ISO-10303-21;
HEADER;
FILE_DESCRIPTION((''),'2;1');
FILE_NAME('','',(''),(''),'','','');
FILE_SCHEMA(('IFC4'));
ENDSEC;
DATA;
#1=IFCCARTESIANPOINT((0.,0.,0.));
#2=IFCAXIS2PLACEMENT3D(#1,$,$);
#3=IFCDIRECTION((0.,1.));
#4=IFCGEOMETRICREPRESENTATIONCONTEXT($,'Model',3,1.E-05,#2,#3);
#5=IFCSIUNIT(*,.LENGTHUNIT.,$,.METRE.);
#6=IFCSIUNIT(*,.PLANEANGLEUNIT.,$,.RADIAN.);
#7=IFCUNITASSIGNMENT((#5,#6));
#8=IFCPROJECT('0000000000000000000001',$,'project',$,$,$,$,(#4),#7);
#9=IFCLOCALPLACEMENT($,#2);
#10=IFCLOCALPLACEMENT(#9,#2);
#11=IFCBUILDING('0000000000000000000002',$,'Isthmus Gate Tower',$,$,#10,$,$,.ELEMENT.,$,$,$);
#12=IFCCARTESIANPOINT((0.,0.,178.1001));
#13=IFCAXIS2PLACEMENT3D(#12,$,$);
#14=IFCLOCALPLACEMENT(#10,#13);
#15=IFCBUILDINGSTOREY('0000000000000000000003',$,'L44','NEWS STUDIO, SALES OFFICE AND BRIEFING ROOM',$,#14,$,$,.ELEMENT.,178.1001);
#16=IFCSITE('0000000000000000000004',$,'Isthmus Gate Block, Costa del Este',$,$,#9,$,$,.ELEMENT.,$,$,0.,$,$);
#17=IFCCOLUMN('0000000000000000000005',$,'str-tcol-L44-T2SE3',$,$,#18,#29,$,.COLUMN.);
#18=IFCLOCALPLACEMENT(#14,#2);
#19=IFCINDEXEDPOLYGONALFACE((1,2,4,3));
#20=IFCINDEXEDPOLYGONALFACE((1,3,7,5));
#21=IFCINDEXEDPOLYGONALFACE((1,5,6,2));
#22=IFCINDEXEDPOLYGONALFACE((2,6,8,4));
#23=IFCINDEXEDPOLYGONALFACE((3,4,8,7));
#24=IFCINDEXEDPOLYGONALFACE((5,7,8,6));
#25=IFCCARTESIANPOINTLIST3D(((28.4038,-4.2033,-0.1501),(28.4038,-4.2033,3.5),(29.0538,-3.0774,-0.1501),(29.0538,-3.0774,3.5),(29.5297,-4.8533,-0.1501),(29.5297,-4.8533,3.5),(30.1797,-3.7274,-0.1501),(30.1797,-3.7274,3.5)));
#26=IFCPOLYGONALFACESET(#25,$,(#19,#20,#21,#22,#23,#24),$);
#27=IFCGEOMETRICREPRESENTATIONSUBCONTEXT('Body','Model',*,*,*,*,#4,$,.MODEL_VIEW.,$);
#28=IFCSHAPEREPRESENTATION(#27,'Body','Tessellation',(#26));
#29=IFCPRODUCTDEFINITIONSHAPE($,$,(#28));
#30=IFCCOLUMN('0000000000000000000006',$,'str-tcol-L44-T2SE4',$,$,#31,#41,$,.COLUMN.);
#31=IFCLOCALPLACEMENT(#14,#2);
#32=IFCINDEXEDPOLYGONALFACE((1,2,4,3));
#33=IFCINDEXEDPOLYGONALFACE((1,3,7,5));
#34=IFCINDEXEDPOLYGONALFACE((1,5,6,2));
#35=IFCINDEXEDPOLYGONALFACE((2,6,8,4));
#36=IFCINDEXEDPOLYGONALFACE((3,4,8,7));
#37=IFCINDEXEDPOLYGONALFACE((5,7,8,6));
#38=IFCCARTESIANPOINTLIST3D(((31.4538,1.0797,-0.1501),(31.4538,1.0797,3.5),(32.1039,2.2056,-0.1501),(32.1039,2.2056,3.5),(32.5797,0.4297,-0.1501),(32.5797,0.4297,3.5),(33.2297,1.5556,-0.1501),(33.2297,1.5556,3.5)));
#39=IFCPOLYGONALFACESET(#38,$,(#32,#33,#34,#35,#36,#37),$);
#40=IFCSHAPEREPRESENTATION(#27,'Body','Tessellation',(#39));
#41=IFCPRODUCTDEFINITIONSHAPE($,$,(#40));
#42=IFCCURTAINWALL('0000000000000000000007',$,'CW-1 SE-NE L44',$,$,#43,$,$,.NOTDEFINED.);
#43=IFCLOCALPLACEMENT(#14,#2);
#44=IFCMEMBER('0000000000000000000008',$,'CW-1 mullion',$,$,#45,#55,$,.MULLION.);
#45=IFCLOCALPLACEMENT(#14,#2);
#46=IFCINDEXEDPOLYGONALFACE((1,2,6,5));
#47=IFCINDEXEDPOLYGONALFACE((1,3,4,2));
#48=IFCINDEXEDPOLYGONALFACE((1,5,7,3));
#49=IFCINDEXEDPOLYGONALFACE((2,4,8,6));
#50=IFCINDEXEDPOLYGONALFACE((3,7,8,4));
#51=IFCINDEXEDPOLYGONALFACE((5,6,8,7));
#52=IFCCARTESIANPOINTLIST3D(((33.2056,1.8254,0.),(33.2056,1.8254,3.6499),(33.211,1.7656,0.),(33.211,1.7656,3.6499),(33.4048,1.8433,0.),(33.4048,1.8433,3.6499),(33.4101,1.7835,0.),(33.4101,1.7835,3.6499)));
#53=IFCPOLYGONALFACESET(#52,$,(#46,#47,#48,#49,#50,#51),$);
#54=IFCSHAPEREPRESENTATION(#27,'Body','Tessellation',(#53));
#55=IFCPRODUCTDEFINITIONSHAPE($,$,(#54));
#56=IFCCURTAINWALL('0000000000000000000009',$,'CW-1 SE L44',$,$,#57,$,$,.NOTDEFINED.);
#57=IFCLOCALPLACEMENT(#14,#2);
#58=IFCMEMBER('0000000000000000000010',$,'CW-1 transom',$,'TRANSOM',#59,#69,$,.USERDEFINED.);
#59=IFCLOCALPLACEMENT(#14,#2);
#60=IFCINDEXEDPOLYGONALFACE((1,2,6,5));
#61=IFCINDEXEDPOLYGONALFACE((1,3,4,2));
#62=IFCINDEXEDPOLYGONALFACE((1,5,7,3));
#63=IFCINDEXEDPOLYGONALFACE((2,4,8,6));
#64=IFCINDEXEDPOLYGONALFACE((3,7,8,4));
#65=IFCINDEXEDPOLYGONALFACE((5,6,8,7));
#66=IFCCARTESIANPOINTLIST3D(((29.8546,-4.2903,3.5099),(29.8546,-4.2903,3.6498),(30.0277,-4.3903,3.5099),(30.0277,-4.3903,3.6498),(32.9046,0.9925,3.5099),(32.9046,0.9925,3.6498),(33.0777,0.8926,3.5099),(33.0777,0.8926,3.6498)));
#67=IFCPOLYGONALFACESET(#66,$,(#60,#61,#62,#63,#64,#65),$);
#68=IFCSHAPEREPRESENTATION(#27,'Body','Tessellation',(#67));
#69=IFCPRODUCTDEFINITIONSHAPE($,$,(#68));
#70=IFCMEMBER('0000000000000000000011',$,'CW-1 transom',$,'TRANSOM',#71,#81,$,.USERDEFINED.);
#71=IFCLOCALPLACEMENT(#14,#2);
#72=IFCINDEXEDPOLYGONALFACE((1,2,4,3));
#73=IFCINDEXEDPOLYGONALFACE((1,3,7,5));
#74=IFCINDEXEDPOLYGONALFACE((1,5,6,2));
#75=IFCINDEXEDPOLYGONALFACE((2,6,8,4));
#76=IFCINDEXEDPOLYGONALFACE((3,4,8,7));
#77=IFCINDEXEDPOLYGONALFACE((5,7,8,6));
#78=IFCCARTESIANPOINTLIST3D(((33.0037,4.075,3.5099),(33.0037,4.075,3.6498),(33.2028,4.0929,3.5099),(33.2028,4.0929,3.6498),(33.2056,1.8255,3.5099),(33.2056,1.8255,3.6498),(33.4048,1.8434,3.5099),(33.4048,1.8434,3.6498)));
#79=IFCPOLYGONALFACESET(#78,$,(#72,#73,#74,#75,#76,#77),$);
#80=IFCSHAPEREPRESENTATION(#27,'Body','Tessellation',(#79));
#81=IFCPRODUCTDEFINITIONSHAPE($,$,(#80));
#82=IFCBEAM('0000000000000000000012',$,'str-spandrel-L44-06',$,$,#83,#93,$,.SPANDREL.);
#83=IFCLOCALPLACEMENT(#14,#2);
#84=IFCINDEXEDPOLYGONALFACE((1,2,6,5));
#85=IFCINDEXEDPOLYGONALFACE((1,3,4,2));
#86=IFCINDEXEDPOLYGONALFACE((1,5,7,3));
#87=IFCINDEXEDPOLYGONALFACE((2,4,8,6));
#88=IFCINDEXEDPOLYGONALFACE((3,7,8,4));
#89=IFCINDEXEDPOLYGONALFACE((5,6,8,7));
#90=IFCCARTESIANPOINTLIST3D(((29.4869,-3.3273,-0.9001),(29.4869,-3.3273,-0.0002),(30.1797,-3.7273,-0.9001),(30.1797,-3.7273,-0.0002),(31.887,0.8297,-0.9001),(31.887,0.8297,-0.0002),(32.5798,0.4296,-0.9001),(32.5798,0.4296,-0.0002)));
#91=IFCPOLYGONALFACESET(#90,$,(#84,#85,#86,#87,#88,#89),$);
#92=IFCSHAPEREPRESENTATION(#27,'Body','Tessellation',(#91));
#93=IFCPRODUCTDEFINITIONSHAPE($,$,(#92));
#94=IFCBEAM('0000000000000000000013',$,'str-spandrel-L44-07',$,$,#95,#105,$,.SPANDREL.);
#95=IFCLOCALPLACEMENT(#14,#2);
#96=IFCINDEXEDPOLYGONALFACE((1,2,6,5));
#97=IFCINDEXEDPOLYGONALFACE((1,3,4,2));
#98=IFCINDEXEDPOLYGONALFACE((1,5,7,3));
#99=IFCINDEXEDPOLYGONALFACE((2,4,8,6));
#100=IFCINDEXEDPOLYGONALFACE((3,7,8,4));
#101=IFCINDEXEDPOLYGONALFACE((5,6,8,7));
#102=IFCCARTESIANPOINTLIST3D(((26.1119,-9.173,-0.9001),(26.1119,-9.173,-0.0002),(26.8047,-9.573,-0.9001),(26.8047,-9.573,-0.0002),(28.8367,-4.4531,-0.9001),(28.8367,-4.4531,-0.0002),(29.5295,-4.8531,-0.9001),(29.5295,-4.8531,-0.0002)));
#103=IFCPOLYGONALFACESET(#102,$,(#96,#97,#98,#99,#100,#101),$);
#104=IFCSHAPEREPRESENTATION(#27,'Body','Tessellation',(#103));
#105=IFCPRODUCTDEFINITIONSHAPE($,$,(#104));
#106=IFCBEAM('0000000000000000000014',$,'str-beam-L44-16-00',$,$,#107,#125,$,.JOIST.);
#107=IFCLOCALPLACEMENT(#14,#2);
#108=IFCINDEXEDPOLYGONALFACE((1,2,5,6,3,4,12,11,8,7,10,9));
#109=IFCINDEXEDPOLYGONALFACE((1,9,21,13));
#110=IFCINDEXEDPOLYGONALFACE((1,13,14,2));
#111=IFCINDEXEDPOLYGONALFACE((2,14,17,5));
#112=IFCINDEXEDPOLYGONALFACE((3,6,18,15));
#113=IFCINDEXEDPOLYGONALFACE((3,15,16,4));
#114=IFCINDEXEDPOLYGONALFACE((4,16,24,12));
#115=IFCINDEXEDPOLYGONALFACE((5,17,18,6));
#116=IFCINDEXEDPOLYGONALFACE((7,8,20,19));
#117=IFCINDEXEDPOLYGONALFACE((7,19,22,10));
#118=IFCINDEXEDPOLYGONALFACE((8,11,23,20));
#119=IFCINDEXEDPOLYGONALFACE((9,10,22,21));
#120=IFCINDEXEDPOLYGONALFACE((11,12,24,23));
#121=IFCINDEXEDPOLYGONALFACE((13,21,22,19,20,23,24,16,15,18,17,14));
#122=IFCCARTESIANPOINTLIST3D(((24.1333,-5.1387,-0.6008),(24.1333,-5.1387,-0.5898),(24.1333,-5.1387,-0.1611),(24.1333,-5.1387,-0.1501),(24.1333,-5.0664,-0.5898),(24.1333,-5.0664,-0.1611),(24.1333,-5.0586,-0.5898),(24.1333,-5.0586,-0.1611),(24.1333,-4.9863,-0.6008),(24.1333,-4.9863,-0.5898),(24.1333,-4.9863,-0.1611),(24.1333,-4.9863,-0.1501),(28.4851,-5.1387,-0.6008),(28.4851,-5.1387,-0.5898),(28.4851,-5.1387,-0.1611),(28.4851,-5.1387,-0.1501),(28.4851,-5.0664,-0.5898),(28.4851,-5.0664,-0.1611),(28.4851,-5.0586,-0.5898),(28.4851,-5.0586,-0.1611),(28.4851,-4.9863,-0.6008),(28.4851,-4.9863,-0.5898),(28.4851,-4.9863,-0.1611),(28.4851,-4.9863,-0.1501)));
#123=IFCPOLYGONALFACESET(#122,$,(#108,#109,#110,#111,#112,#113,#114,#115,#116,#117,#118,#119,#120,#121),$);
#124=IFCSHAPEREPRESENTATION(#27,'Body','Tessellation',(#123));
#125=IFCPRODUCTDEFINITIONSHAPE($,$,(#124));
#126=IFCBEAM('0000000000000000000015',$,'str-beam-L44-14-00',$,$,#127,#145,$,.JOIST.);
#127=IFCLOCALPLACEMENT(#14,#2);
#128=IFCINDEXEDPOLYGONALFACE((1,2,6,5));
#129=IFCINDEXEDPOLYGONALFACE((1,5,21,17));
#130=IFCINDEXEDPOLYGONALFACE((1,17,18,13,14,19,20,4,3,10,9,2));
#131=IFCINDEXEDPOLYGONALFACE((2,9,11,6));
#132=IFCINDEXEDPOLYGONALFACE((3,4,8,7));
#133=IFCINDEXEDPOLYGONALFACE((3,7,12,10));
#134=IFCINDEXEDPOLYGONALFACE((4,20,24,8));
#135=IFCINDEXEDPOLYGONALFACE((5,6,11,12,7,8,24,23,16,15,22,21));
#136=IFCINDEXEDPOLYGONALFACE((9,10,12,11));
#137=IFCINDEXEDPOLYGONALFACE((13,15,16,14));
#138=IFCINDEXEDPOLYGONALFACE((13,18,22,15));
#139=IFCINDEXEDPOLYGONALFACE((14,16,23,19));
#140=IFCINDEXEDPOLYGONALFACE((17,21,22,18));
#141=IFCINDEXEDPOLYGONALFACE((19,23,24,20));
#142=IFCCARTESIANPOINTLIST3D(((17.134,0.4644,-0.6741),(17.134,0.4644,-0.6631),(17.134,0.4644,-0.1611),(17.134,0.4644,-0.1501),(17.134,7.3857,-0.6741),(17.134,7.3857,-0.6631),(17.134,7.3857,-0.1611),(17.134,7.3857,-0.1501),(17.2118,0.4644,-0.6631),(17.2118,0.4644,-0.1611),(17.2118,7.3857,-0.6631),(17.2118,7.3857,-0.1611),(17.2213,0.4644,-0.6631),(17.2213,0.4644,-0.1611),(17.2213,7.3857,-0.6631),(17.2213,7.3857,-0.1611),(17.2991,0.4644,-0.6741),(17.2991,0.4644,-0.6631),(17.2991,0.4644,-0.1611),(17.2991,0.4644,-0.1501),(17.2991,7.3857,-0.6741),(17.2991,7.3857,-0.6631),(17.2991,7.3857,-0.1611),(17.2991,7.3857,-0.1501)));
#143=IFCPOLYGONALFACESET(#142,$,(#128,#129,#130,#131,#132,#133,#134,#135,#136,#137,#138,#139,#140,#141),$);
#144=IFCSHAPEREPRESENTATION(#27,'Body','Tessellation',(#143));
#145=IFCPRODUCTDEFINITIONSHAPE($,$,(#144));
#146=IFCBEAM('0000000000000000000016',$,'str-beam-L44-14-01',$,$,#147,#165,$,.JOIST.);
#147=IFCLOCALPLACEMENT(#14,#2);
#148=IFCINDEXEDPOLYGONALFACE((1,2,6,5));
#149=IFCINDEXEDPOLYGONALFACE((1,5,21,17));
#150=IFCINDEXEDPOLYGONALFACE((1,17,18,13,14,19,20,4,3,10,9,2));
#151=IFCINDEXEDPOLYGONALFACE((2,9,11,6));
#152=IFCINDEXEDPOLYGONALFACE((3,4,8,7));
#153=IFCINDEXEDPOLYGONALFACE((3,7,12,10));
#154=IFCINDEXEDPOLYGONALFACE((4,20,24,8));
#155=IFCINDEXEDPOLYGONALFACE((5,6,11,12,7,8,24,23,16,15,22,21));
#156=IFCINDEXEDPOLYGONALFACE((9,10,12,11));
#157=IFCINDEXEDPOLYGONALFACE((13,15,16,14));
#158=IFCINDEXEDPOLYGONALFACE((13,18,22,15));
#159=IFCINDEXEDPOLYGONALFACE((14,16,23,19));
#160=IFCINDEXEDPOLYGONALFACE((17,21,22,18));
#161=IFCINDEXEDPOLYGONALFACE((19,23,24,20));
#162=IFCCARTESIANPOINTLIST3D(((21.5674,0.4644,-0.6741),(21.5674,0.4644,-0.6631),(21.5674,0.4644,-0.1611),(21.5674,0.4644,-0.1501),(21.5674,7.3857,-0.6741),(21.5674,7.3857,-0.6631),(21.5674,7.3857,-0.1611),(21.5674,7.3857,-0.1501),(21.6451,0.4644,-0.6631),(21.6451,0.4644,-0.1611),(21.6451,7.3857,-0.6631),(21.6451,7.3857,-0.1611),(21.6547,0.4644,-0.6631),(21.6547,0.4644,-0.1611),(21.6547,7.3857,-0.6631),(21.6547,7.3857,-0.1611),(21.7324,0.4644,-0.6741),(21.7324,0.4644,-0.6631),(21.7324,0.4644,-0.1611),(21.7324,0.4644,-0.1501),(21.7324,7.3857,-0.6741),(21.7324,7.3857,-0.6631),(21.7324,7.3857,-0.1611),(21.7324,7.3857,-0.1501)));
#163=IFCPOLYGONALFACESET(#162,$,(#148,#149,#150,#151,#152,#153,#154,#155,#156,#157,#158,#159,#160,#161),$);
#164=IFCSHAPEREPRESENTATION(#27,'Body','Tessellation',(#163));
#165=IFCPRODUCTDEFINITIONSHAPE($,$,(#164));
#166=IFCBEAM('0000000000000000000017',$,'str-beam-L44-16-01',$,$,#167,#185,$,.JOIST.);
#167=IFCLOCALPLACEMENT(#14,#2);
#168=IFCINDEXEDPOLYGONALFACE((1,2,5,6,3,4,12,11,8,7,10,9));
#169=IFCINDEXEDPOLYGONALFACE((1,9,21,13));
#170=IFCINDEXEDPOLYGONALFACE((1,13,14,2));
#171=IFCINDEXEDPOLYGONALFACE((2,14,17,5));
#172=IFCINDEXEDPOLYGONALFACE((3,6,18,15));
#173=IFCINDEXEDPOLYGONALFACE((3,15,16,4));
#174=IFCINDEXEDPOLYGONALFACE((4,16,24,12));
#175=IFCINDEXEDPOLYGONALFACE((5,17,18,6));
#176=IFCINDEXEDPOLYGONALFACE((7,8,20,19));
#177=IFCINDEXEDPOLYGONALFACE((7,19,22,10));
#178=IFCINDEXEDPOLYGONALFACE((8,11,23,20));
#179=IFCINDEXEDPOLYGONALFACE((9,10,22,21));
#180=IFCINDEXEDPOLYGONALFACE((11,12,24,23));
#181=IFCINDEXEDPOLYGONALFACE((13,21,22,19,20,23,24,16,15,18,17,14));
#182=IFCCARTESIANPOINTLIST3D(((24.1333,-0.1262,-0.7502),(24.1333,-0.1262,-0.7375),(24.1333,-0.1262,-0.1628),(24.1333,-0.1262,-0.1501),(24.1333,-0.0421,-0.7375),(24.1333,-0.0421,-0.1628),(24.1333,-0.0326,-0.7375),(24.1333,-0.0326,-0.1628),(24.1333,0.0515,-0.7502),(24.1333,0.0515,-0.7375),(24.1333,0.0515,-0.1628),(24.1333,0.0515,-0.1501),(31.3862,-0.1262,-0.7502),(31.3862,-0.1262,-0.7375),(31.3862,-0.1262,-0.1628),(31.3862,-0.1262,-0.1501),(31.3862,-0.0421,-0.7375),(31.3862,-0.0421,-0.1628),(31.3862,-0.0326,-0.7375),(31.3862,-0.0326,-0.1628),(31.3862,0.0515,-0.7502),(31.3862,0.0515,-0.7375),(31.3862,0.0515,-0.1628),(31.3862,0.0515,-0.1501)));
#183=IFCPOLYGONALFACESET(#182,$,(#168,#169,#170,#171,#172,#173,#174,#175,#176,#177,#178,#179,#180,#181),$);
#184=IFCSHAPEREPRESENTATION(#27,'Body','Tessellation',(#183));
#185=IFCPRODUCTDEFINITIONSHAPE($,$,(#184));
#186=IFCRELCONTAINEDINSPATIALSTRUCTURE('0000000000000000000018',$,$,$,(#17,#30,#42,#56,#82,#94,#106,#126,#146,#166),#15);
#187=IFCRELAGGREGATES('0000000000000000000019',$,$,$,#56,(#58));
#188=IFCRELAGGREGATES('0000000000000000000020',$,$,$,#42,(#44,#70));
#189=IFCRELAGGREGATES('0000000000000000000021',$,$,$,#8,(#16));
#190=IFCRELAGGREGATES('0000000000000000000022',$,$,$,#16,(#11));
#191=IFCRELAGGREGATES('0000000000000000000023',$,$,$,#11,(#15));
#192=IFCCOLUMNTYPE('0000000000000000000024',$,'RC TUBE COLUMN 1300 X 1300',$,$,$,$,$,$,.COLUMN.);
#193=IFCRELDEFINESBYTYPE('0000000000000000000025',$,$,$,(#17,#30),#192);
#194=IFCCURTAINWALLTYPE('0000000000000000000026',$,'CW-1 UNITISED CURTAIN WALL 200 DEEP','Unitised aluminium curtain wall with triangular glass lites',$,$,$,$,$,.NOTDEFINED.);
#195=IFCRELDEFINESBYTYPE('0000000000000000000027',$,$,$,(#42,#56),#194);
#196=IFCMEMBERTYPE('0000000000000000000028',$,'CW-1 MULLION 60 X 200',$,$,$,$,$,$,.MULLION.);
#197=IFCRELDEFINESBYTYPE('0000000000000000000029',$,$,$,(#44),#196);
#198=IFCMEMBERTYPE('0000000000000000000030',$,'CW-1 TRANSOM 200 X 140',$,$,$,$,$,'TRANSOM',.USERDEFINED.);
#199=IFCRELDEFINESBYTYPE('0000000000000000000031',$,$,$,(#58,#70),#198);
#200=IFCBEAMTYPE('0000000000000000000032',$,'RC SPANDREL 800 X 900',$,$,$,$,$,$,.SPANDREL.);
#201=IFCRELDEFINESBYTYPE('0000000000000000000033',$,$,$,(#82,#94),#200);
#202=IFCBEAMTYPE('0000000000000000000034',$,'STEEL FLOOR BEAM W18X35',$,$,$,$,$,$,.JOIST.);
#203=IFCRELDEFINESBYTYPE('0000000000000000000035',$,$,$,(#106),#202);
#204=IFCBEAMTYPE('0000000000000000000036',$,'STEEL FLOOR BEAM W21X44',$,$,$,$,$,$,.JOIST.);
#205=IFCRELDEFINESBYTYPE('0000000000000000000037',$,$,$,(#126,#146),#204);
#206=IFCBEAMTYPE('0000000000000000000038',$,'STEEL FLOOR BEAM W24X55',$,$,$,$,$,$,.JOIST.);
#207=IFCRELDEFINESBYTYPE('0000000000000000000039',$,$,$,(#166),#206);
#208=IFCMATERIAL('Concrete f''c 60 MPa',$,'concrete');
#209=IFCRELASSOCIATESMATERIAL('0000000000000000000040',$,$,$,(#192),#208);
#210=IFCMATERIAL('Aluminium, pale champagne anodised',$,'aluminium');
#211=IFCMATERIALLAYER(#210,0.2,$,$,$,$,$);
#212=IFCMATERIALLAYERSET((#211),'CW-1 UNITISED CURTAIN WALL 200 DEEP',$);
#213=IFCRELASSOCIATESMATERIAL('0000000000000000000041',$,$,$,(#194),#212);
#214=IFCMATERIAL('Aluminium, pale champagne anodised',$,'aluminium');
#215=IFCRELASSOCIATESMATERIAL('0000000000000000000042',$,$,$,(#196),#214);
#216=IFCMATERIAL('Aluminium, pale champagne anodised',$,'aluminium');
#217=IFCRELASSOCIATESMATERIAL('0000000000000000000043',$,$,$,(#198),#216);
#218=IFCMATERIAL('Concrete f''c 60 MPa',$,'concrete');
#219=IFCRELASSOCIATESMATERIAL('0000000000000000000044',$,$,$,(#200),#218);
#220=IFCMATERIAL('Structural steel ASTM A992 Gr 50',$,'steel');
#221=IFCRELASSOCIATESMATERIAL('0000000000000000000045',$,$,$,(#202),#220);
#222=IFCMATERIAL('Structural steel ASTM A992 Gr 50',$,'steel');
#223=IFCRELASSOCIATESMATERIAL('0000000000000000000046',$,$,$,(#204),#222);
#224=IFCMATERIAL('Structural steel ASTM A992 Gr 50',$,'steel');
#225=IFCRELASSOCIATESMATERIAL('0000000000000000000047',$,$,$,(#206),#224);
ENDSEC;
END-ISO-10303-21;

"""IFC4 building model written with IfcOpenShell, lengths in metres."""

from ifc_helpers import new_model, si_unit, direction, frame, origin, origin_2d, place, context, subcontext, project, spatial, rectangle, i_section, extrude, material, layer, layer_set, material_profile, profile_set, type_object, element, aggregate, save


model = new_model("IFC4")

# Units and contexts
model_context = context("Model", 3, precision=1e-05, world=origin(), true_north=direction((0.0, 1.0)))
body_context = subcontext(model_context, "Body", "Model", "MODEL_VIEW")
ifc_project = project(units=[si_unit("LENGTHUNIT", "METRE"), si_unit("PLANEANGLEUNIT", "RADIAN")], contexts=[model_context])

# Site, building, storey
site_placement = place(None, origin())
site = spatial("IfcSite", under=ifc_project, at=site_placement, Name="Isthmus Gate Block, Costa del Este", CompositionType="ELEMENT", RefElevation=0.0)
building_placement = place(site_placement, origin())
building = spatial("IfcBuilding", under=site, at=building_placement, Name="Isthmus Gate Tower", CompositionType="ELEMENT")
storey_placement = place(building_placement, frame((0.0, 0.0, 178.1001)))
storey = spatial("IfcBuildingStorey", under=building, at=storey_placement, Name="L44", Description="NEWS STUDIO, SALES OFFICE AND BRIEFING ROOM", CompositionType="ELEMENT", Elevation=178.1001)

# Columns
ifc_material_1 = material(Name="Concrete f'c 60 MPa", Category="concrete")
ifc_material_profile_1 = material_profile(ifc_material_1, rectangle(XDim=1.3, YDim=1.3, at=origin_2d()), Name="RC 1300X1300")
ifc_profile_set_1 = profile_set([ifc_material_profile_1], Name="Concrete f'c 60 MPa")
column_type = type_object("IfcColumnType", Name="RC TUBE COLUMN 1300 X 1300", PredefinedType="COLUMN", material=ifc_profile_set_1)
for number, where, z_axis, x_axis, name in (
    (1, (29.2917, -3.9653, -0.1501), (0.0, 0.0, 1.0), (0.5, 0.866025, 0.0), "str-tcol-L44-T2SE3"),
    (2, (32.3418, 1.3176, -0.1501), (0.0, 0.0, 1.0), (0.5, 0.866025, 0.0), "str-tcol-L44-T2SE4"),
):
    element("IfcColumn", number, at=place(storey_placement, frame(where, z_axis=z_axis, x_axis=x_axis)), inside=storey, type_object=column_type, Name=name, PredefinedType="COLUMN", context=body_context, shape_type="SweptSolid", body=[
        extrude(rectangle(XDim=1.3, YDim=1.3, at=origin_2d()), origin(), (0.0, 0.0, 1.0), 3.6501),
    ])

# Curtain walls, members
ifc_material_2 = material(Name="Aluminium, pale champagne anodised", Category="aluminium")
ifc_layer_1 = layer(ifc_material_2, 0.2)
ifc_layer_set_1 = layer_set([ifc_layer_1], Name="CW-1 UNITISED CURTAIN WALL 200 DEEP")
curtain_wall_type = type_object("IfcCurtainWallType", Name="CW-1 UNITISED CURTAIN WALL 200 DEEP", Description="Unitised aluminium curtain wall with triangular glass lites", PredefinedType="NOTDEFINED", material=ifc_layer_set_1)
curtain_wall_1_placement = place(storey_placement, origin())
curtain_wall_1 = element("IfcCurtainWall", 3, at=curtain_wall_1_placement, inside=storey, type_object=curtain_wall_type, Name="CW-1 SE-NE L44", PredefinedType="NOTDEFINED")
ifc_material_3 = material(Name="Aluminium, pale champagne anodised", Category="aluminium")
ifc_material_profile_2 = material_profile(ifc_material_3, rectangle(XDim=0.0601, YDim=0.2, at=origin_2d()), Name="60x200")
ifc_profile_set_2 = profile_set([ifc_material_profile_2], Name="Aluminium, pale champagne anodised")
member_type_1 = type_object("IfcMemberType", Name="CW-1 MULLION 60 X 200", PredefinedType="MULLION", material=ifc_profile_set_2)
member_1_placement = place(storey_placement, frame((33.3079, 1.8044, 0.0), z_axis=(0.0, 0.0, 1.0), x_axis=(-0.089397, 0.995996, 0.0)))
member_1 = element("IfcMember", 4, at=member_1_placement, type_object=member_type_1, Name="CW-1 mullion", PredefinedType="MULLION", context=body_context, shape_type="SweptSolid", body=[
    extrude(rectangle(XDim=0.0601, YDim=0.2, at=origin_2d()), origin(), (0.0, 0.0, 1.0), 3.6499),
])
curtain_wall_2_placement = place(storey_placement, origin())
curtain_wall_2 = element("IfcCurtainWall", 5, at=curtain_wall_2_placement, inside=storey, type_object=curtain_wall_type, Name="CW-1 SE L44", PredefinedType="NOTDEFINED")
ifc_material_4 = material(Name="Aluminium, pale champagne anodised", Category="aluminium")
ifc_material_profile_3 = material_profile(ifc_material_4, rectangle(XDim=0.2, YDim=0.1399, at=origin_2d()), Name="200x140")
ifc_profile_set_3 = profile_set([ifc_material_profile_3], Name="Aluminium, pale champagne anodised")
member_type_2 = type_object("IfcMemberType", Name="CW-1 TRANSOM 200 X 140", ElementType="TRANSOM", PredefinedType="USERDEFINED", material=ifc_profile_set_3)
member_2_placement = place(storey_placement, frame((29.9412, -4.3403, 3.5798), z_axis=(0.499992, 0.86603, 0.0), x_axis=(-0.86603, 0.499992, 0.0)))
member_2 = element("IfcMember", 6, at=member_2_placement, type_object=member_type_2, Name="CW-1 transom", ObjectType="TRANSOM", PredefinedType="USERDEFINED", context=body_context, shape_type="SweptSolid", body=[
    extrude(rectangle(XDim=0.2, YDim=0.1399, at=origin_2d()), origin(), (0.0, 0.0, 1.0), 6.1001),
])

# Member
member_3_placement = place(storey_placement, frame((33.3052, 1.8345, 3.5798), z_axis=(-0.089395, 0.995996, 0.0), x_axis=(-0.995996, -0.089395, 0.0)))
member_3 = element("IfcMember", 7, at=member_3_placement, type_object=member_type_2, Name="CW-1 transom", ObjectType="TRANSOM", PredefinedType="USERDEFINED", context=body_context, shape_type="SweptSolid", body=[
    extrude(rectangle(XDim=0.2, YDim=0.1399, at=origin_2d()), origin(), (0.0, 0.0, 1.0), 2.2585),
])

# Beams
ifc_material_5 = material(Name="Concrete f'c 60 MPa", Category="concrete")
ifc_material_profile_4 = material_profile(ifc_material_5, rectangle(XDim=0.8, YDim=0.8999, at=origin_2d()), Name="RC 800X900")
ifc_profile_set_4 = profile_set([ifc_material_profile_4], Name="Concrete f'c 60 MPa")
beam_type_1 = type_object("IfcBeamType", Name="RC SPANDREL 800 X 900", PredefinedType="SPANDREL", material=ifc_profile_set_4)
beam_1_placement = place(storey_placement, frame((32.2334, 0.6296, -0.4502), z_axis=(-0.500017, -0.866015, 0.0), x_axis=(0.866015, -0.500017, 0.0)))
element("IfcBeam", 8, at=beam_1_placement, inside=storey, type_object=beam_type_1, Name="str-spandrel-L44-06", PredefinedType="SPANDREL", context=body_context, shape_type="SweptSolid", body=[
    extrude(rectangle(XDim=0.8, YDim=0.8999, at=origin_2d()), origin(), (0.0, 0.0, 1.0), 4.8),
])
beam_2_placement = place(storey_placement, frame((29.1831, -4.6531, -0.4502), z_axis=(-0.499969, -0.866043, 0.0), x_axis=(0.866043, -0.499969, 0.0)))
element("IfcBeam", 9, at=beam_2_placement, inside=storey, type_object=beam_type_1, Name="str-spandrel-L44-07", PredefinedType="SPANDREL", context=body_context, shape_type="SweptSolid", body=[
    extrude(rectangle(XDim=0.8, YDim=0.8999, at=origin_2d()), origin(), (0.0, 0.0, 1.0), 5.45),
])
ifc_material_6 = material(Name="Structural steel ASTM A992 Gr 50", Category="steel")
ifc_material_profile_5 = material_profile(ifc_material_6, i_section(OverallWidth=0.1523, OverallDepth=0.4507, WebThickness=0.0078, FlangeThickness=0.011, at=origin_2d()), Name="W18X35")
ifc_profile_set_5 = profile_set([ifc_material_profile_5], Name="Structural steel ASTM A992 Gr 50")
beam_type_2 = type_object("IfcBeamType", Name="STEEL FLOOR BEAM W18X35", PredefinedType="JOIST", material=ifc_profile_set_5)
beam_3_placement = place(storey_placement, frame((24.1333, -5.0625, -0.3755), z_axis=(1.0, 0.0, 0.0), x_axis=(0.0, 1.0, 0.0)))
element("IfcBeam", 10, at=beam_3_placement, inside=storey, type_object=beam_type_2, Name="str-beam-L44-16-00", PredefinedType="JOIST", context=body_context, shape_type="SweptSolid", body=[
    extrude(i_section(OverallWidth=0.1523, OverallDepth=0.4507, WebThickness=0.0078, FlangeThickness=0.011, at=origin_2d()), origin(), (0.0, 0.0, 1.0), 4.3518),
])
ifc_material_7 = material(Name="Structural steel ASTM A992 Gr 50", Category="steel")
ifc_material_profile_6 = material_profile(ifc_material_7, i_section(OverallWidth=0.165, OverallDepth=0.5239, WebThickness=0.0095, FlangeThickness=0.011, at=origin_2d()), Name="W21X44")
ifc_profile_set_6 = profile_set([ifc_material_profile_6], Name="Structural steel ASTM A992 Gr 50")
beam_type_3 = type_object("IfcBeamType", Name="STEEL FLOOR BEAM W21X44", PredefinedType="JOIST", material=ifc_profile_set_6)
for number, where, z_axis, x_axis, name in (
    (11, (17.2166, 0.4644, -0.4121), (0.0, 1.0, 0.0), (-1.0, 0.0, 0.0), "str-beam-L44-14-00"),
    (12, (21.6499, 0.4644, -0.4121), (0.0, 1.0, 0.0), (-1.0, 0.0, 0.0), "str-beam-L44-14-01"),
):
    element("IfcBeam", number, at=place(storey_placement, frame(where, z_axis=z_axis, x_axis=x_axis)), inside=storey, type_object=beam_type_3, Name=name, PredefinedType="JOIST", context=body_context, shape_type="SweptSolid", body=[
        extrude(i_section(OverallWidth=0.165, OverallDepth=0.5239, WebThickness=0.0095, FlangeThickness=0.011, at=origin_2d()), origin(), (0.0, 0.0, 1.0), 6.9214),
    ])
ifc_material_8 = material(Name="Structural steel ASTM A992 Gr 50", Category="steel")
ifc_material_profile_7 = material_profile(ifc_material_8, i_section(OverallWidth=0.1777, OverallDepth=0.6001, WebThickness=0.0095, FlangeThickness=0.0127, at=origin_2d()), Name="W24X55")
ifc_profile_set_7 = profile_set([ifc_material_profile_7], Name="Structural steel ASTM A992 Gr 50")
beam_type_4 = type_object("IfcBeamType", Name="STEEL FLOOR BEAM W24X55", PredefinedType="JOIST", material=ifc_profile_set_7)
beam_4_placement = place(storey_placement, frame((24.1333, -0.0374, -0.4502), z_axis=(1.0, 0.0, 0.0), x_axis=(0.0, 1.0, 0.0)))
element("IfcBeam", 13, at=beam_4_placement, inside=storey, type_object=beam_type_4, Name="str-beam-L44-16-01", PredefinedType="JOIST", context=body_context, shape_type="SweptSolid", body=[
    extrude(i_section(OverallWidth=0.1777, OverallDepth=0.6001, WebThickness=0.0095, FlangeThickness=0.0127, at=origin_2d()), origin(), (0.0, 0.0, 1.0), 7.2529),
])

aggregate(curtain_wall_2, [member_2])
aggregate(curtain_wall_1, [member_1, member_3])

save(model, "model.ifc")
